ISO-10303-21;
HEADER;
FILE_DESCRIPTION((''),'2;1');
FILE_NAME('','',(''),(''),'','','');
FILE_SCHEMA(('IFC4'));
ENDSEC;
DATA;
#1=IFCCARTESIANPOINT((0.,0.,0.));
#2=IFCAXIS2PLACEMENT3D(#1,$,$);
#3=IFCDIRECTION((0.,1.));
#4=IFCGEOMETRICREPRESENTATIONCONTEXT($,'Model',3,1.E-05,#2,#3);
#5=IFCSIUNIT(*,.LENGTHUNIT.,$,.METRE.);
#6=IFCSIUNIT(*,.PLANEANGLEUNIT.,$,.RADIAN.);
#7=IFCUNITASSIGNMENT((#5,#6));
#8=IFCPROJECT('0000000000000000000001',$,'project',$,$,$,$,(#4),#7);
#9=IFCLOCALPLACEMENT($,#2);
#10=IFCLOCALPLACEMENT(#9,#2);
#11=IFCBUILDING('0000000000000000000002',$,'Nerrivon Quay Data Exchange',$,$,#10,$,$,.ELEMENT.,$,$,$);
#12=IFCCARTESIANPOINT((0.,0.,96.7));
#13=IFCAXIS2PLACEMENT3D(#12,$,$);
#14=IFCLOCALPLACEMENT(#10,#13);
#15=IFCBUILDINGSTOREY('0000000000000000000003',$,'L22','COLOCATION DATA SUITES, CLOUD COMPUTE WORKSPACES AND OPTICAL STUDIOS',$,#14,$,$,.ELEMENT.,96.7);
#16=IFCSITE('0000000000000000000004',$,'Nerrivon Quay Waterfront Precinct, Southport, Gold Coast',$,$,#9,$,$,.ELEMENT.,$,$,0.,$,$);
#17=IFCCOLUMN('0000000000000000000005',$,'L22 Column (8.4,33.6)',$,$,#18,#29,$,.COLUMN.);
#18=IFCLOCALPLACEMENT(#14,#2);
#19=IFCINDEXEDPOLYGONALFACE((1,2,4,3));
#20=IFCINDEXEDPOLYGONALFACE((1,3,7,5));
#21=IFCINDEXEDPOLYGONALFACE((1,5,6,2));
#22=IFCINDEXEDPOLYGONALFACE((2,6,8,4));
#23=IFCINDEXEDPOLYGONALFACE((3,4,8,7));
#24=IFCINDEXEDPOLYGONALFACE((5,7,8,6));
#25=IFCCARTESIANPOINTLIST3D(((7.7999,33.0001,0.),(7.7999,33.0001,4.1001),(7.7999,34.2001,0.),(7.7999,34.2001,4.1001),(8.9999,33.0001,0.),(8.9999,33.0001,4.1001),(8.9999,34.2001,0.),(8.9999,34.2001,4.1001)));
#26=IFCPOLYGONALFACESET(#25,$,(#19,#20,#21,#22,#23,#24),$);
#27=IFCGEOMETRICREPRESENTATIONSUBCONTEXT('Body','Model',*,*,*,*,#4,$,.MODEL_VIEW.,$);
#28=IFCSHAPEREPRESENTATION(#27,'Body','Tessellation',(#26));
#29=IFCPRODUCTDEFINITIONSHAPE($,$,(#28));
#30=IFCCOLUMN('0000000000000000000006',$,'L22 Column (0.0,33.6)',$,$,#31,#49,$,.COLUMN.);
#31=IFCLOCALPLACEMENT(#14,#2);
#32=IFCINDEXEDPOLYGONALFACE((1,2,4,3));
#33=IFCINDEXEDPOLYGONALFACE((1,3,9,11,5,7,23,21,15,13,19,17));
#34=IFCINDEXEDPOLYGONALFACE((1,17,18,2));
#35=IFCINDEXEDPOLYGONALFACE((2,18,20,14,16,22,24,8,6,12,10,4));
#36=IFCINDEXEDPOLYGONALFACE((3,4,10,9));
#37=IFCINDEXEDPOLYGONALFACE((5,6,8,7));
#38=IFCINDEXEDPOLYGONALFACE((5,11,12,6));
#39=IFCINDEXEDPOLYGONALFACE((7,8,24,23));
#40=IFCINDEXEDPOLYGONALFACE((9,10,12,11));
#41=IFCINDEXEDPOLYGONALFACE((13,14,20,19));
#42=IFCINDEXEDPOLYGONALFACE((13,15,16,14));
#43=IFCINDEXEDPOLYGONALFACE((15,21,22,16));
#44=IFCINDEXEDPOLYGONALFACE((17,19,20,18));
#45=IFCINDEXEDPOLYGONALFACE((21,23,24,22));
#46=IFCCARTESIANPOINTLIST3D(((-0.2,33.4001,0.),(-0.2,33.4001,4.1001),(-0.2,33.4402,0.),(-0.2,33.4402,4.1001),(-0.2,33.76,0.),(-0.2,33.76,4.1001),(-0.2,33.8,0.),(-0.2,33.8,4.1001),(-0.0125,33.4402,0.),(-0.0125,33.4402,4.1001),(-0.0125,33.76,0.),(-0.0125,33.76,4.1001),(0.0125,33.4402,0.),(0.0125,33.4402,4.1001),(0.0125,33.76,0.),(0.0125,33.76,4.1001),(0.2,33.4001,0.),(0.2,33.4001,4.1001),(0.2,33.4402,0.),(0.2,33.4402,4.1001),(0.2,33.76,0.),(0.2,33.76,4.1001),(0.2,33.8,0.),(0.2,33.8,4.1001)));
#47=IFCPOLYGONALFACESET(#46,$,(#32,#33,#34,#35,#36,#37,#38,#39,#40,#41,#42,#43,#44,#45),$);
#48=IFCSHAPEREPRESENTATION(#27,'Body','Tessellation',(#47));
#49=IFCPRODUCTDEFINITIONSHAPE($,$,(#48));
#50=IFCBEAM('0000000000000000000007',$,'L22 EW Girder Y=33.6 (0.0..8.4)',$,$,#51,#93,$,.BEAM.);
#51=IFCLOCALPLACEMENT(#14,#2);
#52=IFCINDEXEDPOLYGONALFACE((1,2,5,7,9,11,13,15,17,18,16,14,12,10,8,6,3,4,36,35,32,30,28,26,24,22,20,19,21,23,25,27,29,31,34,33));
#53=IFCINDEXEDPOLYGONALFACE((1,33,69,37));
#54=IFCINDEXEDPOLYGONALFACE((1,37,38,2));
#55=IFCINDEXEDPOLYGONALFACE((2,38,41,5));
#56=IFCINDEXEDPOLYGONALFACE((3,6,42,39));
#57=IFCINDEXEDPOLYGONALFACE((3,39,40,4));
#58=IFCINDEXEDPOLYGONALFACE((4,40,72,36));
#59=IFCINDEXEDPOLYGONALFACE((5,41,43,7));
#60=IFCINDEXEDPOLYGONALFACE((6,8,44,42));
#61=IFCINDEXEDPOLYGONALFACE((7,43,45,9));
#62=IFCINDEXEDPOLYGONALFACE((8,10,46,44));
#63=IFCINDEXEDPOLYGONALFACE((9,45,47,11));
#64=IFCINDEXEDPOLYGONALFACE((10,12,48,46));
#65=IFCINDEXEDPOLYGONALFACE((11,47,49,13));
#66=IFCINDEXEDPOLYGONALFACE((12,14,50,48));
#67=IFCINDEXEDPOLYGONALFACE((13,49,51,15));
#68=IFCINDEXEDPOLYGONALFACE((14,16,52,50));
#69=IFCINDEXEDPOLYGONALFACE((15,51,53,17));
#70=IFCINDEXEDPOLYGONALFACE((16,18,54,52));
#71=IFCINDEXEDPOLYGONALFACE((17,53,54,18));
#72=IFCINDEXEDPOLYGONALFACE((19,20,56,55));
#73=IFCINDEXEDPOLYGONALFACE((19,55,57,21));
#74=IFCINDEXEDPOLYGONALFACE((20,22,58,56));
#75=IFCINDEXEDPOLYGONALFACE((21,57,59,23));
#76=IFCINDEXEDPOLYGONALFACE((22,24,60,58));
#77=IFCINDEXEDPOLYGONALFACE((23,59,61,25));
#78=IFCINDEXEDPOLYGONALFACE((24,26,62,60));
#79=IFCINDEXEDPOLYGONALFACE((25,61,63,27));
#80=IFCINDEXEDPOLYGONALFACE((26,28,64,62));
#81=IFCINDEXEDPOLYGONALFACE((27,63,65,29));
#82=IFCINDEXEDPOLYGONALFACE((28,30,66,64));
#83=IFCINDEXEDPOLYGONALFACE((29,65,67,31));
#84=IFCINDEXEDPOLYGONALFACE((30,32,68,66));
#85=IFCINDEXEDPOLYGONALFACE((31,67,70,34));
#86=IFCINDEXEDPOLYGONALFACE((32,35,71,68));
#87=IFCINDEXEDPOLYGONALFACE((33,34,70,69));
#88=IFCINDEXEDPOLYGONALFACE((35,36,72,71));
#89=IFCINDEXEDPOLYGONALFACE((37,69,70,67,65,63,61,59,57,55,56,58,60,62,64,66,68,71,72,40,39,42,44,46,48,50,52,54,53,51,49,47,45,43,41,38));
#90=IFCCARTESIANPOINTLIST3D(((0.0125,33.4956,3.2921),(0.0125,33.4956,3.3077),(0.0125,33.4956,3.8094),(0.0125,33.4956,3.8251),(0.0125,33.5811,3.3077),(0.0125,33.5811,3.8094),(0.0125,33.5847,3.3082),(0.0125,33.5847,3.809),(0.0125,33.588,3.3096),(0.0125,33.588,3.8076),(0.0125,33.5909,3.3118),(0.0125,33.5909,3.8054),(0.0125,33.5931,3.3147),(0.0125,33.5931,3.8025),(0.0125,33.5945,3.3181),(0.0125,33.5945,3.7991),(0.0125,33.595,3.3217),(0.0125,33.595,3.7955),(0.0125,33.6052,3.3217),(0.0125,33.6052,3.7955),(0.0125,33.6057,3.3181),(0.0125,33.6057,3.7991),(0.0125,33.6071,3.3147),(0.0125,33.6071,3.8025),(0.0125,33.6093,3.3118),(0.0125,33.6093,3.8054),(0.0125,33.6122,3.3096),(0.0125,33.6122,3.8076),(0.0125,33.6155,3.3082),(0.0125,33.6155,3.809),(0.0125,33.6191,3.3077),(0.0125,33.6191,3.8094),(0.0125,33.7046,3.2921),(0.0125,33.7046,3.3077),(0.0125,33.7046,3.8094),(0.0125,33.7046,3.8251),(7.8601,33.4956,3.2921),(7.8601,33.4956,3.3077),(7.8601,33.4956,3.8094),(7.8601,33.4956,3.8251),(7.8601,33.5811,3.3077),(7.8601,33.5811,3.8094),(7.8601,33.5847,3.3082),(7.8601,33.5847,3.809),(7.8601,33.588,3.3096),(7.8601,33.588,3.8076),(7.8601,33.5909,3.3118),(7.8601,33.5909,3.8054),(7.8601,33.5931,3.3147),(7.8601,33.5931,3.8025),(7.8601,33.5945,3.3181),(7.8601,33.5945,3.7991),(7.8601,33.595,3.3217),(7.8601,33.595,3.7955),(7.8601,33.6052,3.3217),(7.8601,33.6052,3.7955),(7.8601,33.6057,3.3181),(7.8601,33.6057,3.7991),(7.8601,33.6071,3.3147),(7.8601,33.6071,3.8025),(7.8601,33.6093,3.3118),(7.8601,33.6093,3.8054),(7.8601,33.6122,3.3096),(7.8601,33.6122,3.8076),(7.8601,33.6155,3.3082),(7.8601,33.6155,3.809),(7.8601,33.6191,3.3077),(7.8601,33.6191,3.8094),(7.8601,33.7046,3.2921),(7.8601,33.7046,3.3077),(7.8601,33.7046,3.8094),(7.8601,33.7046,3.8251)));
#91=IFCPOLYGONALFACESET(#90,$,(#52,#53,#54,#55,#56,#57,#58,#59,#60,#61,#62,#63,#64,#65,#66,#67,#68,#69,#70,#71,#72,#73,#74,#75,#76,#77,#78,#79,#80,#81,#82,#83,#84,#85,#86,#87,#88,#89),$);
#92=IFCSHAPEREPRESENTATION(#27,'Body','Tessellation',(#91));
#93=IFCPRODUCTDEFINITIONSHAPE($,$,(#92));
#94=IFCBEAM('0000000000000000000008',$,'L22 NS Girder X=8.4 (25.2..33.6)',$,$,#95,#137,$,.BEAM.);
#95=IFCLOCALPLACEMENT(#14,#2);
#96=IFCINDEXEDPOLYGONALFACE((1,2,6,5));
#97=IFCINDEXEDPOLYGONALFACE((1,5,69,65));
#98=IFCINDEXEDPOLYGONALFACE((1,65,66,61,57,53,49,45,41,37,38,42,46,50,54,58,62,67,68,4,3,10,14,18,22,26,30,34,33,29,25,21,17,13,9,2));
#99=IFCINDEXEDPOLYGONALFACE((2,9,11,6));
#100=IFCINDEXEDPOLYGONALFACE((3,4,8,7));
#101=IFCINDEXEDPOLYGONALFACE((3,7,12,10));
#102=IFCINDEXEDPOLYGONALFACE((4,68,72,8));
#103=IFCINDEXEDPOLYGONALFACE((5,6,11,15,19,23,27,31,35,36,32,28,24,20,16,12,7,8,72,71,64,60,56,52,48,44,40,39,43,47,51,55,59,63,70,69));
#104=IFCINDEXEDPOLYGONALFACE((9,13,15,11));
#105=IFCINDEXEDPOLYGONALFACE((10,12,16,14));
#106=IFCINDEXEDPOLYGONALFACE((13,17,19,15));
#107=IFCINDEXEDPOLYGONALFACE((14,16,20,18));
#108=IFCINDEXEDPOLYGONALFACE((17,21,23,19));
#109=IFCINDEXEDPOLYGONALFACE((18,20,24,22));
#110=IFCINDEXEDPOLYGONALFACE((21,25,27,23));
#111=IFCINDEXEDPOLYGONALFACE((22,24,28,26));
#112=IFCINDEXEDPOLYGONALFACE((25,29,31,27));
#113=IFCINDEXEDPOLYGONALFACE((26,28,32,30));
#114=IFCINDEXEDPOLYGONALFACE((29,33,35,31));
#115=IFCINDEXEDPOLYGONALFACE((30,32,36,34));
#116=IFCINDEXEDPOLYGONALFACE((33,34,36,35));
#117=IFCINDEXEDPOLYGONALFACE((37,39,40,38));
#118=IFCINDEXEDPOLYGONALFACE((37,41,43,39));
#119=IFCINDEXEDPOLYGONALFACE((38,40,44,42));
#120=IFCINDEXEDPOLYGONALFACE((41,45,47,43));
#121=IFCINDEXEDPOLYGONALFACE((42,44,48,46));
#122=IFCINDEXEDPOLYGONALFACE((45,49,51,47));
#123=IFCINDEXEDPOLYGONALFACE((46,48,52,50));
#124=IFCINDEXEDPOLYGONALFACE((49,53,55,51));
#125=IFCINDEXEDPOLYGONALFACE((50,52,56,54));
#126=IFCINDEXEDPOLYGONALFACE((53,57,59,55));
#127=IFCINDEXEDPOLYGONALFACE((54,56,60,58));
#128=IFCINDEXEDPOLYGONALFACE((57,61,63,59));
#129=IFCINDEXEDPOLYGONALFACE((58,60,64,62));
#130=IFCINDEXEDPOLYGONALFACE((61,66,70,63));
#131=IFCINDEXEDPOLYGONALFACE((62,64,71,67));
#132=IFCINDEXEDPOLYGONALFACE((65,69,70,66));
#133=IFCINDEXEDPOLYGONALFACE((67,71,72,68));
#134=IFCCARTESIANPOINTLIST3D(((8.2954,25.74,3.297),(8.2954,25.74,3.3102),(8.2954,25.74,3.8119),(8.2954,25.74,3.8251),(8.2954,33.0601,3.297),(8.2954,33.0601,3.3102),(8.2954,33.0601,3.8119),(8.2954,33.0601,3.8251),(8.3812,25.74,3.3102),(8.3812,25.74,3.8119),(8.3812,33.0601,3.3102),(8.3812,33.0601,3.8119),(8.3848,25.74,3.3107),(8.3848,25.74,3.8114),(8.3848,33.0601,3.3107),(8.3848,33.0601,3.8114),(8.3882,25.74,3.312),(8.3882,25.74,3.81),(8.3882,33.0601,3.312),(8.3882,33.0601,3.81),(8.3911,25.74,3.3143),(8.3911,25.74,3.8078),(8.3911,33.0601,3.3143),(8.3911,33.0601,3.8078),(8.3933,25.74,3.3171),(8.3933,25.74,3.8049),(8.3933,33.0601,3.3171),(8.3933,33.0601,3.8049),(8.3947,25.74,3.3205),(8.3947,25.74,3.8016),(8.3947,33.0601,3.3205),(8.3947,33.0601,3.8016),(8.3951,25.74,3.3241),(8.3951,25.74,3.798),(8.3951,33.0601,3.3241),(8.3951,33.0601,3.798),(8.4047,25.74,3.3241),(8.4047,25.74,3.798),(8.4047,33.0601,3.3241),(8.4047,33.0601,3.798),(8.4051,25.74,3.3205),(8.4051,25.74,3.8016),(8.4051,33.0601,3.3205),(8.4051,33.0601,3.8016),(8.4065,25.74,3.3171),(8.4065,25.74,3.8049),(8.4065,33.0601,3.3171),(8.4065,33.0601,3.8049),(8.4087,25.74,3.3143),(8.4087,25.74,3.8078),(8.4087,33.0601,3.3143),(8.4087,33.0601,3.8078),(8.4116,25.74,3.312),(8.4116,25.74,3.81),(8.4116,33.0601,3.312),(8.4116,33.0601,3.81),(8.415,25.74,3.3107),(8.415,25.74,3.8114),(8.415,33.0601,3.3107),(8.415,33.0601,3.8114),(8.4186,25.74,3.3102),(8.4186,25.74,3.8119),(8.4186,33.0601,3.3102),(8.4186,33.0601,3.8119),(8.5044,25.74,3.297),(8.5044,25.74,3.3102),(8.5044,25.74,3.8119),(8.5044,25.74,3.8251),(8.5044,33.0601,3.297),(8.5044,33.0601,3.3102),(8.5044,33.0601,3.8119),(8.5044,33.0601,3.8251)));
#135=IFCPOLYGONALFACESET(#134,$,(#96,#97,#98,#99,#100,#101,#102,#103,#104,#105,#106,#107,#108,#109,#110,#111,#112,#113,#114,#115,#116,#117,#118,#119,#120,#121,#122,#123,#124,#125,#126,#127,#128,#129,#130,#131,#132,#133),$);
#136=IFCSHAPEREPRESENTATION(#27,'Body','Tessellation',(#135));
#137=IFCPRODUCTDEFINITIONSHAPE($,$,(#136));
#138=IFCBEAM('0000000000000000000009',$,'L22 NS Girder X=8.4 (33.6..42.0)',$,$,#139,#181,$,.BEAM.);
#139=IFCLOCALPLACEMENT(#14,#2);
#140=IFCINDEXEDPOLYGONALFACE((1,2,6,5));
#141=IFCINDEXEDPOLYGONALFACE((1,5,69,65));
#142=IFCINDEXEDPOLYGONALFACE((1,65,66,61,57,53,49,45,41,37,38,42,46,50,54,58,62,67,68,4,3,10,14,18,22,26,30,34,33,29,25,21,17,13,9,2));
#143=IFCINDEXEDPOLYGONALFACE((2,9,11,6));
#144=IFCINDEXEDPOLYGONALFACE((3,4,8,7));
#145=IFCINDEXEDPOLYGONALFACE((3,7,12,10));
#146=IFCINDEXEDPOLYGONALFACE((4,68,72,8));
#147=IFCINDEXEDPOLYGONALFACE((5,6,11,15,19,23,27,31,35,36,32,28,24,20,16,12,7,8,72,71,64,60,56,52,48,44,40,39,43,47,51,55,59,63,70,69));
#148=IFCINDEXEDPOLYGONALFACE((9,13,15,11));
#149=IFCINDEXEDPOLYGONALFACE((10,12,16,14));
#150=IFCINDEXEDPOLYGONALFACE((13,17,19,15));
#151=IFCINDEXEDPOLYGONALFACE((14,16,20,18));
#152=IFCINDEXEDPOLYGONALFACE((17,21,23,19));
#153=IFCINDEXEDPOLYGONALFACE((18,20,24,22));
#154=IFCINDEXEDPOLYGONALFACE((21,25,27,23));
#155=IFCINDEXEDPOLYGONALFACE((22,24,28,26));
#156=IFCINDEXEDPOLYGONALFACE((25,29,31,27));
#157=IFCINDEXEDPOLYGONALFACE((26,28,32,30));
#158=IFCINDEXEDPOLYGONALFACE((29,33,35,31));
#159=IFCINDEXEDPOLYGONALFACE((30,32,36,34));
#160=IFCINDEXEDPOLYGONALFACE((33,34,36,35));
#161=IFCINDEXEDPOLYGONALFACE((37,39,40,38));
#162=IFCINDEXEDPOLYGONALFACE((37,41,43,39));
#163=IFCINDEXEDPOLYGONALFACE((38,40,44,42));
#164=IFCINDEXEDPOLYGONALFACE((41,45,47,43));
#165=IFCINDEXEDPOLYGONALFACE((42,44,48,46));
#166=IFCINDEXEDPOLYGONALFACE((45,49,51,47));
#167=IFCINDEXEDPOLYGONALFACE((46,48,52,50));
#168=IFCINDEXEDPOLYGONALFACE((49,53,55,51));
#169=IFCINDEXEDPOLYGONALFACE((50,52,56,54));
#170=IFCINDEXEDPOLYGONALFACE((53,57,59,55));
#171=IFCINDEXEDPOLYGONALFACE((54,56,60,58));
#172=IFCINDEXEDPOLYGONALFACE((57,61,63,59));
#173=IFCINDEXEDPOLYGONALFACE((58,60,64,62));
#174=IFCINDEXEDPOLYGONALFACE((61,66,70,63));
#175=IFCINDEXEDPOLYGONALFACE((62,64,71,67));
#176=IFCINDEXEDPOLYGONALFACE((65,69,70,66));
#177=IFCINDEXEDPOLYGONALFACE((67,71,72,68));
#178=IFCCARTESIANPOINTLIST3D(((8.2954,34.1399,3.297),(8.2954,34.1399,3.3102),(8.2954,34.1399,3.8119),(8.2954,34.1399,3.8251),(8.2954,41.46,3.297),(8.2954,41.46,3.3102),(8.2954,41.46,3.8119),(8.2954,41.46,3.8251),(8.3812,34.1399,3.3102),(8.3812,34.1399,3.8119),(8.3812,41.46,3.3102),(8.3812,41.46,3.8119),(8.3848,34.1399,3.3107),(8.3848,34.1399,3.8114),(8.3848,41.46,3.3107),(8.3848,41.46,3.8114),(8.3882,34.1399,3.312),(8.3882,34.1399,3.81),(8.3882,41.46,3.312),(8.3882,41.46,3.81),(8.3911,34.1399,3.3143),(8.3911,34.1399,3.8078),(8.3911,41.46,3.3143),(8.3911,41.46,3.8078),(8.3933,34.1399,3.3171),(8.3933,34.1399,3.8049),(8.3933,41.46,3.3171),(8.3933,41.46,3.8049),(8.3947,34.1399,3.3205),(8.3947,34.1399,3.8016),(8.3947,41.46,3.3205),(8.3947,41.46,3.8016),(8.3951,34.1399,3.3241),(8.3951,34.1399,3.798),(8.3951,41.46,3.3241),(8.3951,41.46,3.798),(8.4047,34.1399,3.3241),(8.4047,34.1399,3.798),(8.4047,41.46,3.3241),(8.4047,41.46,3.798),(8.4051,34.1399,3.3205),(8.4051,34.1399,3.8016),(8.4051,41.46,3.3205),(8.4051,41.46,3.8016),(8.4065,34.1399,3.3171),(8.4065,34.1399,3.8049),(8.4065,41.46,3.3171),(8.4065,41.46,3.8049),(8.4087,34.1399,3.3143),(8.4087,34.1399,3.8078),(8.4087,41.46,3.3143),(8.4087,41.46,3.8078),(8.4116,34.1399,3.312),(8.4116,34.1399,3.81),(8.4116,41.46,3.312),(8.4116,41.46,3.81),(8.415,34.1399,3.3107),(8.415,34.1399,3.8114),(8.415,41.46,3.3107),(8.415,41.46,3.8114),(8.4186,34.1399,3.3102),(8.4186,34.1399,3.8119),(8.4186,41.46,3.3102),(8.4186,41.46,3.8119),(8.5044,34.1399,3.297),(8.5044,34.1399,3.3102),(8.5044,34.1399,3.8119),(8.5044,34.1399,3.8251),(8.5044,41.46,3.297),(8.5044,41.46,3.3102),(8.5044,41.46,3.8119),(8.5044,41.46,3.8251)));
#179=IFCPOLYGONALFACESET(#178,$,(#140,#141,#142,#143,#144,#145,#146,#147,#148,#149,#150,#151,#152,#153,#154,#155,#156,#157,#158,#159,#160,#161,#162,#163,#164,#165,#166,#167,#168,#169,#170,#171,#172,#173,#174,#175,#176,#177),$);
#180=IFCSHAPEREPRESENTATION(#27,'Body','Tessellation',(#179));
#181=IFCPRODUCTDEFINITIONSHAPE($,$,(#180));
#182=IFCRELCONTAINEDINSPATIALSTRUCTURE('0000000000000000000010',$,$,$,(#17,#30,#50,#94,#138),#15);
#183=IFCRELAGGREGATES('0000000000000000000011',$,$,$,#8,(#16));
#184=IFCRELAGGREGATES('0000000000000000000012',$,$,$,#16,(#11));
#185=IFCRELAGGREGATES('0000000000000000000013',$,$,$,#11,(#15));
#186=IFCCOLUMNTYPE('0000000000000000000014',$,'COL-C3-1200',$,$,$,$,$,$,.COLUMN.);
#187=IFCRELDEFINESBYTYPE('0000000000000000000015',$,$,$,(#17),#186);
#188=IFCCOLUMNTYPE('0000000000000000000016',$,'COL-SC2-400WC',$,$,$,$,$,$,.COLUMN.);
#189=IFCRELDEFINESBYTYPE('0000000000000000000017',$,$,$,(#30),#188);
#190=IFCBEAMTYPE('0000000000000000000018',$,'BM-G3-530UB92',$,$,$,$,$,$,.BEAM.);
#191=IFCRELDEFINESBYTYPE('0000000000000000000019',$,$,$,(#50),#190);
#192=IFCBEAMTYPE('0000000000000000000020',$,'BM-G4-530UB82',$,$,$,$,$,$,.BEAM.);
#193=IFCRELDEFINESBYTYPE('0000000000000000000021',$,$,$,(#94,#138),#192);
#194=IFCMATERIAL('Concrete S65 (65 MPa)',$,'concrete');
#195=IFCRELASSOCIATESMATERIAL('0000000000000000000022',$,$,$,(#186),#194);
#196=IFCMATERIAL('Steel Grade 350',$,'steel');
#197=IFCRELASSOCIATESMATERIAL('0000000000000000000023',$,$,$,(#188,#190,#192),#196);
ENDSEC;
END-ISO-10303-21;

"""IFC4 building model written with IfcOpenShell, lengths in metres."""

from ifc_helpers import new_model, si_unit, direction, frame, origin, origin_2d, place, context, subcontext, project, spatial, rectangle, i_section, extrude, material, material_profile, profile_set, type_object, element, save


model = new_model("IFC4")

# Units and contexts
model_context = context("Model", 3, precision=1e-05, world=origin(), true_north=direction((0.0, 1.0)))
body_context = subcontext(model_context, "Body", "Model", "MODEL_VIEW")
ifc_project = project(units=[si_unit("LENGTHUNIT", "METRE"), si_unit("PLANEANGLEUNIT", "RADIAN")], contexts=[model_context])

# Site, building, storey
site_placement = place(None, origin())
site = spatial("IfcSite", under=ifc_project, at=site_placement, Name="Nerrivon Quay Waterfront Precinct, Southport, Gold Coast", CompositionType="ELEMENT", RefElevation=0.0)
building_placement = place(site_placement, origin())
building = spatial("IfcBuilding", under=site, at=building_placement, Name="Nerrivon Quay Data Exchange", CompositionType="ELEMENT")
storey_placement = place(building_placement, frame((0.0, 0.0, 96.7)))
storey = spatial("IfcBuildingStorey", under=building, at=storey_placement, Name="L22", Description="COLOCATION DATA SUITES, CLOUD COMPUTE WORKSPACES AND OPTICAL STUDIOS", CompositionType="ELEMENT", Elevation=96.7)

# Columns
ifc_material_1 = material(Name="Concrete S65 (65 MPa)", Category="concrete")
ifc_material_profile_1 = material_profile(ifc_material_1, rectangle(XDim=1.2, YDim=1.2, at=origin_2d()), Name="RC-COL-1200x1200")
ifc_profile_set_1 = profile_set([ifc_material_profile_1], Name="Concrete S65 (65 MPa)")
column_type_1 = type_object("IfcColumnType", Name="COL-C3-1200", PredefinedType="COLUMN", material=ifc_profile_set_1)
column_1_placement = place(storey_placement, frame((8.3999, 33.6001, 0.0), z_axis=(0.0, 0.0, 1.0), x_axis=(1.0, 0.0, 0.0)))
element("IfcColumn", 1, at=column_1_placement, inside=storey, type_object=column_type_1, Name="L22 Column (8.4,33.6)", PredefinedType="COLUMN", context=body_context, shape_type="SweptSolid", body=[
    extrude(rectangle(XDim=1.2, YDim=1.2, at=origin_2d()), origin(), (0.0, 0.0, 1.0), 4.1001),
])
ifc_material_2 = material(Name="Steel Grade 350", Category="steel")
ifc_material_profile_2 = material_profile(ifc_material_2, i_section(OverallWidth=0.3999, OverallDepth=0.3999, WebThickness=0.0249, FlangeThickness=0.04, at=origin_2d()), Name="400WC328")
ifc_profile_set_2 = profile_set([ifc_material_profile_2], Name="Steel Grade 350")
column_type_2 = type_object("IfcColumnType", Name="COL-SC2-400WC", PredefinedType="COLUMN", material=ifc_profile_set_2)
column_2_placement = place(storey_placement, frame((0.0, 33.6001, 0.0), z_axis=(0.0, 0.0, 1.0), x_axis=(1.0, 0.0, 0.0)))
element("IfcColumn", 2, at=column_2_placement, inside=storey, type_object=column_type_2, Name="L22 Column (0.0,33.6)", PredefinedType="COLUMN", context=body_context, shape_type="SweptSolid", body=[
    extrude(i_section(OverallWidth=0.3999, OverallDepth=0.3999, WebThickness=0.0249, FlangeThickness=0.04, at=origin_2d()), origin(), (0.0, 0.0, 1.0), 4.1001),
])

# Beams
ifc_material_profile_3 = material_profile(ifc_material_2, i_section(OverallWidth=0.209, OverallDepth=0.533, WebThickness=0.0103, FlangeThickness=0.0156, FilletRadius=0.0139, at=origin_2d()), Name="530UB92.4")
ifc_profile_set_3 = profile_set([ifc_material_profile_3], Name="Steel Grade 350")
beam_type_1 = type_object("IfcBeamType", Name="BM-G3-530UB92", PredefinedType="BEAM", material=ifc_profile_set_3)
beam_1_placement = place(storey_placement, frame((0.0125, 33.6001, 3.5586), z_axis=(1.0, 0.0, 0.0), x_axis=(0.0, 1.0, 0.0)))
element("IfcBeam", 3, at=beam_1_placement, inside=storey, type_object=beam_type_1, Name="L22 EW Girder Y=33.6 (0.0..8.4)", PredefinedType="BEAM", context=body_context, shape_type="SweptSolid", body=[
    extrude(i_section(OverallWidth=0.209, OverallDepth=0.533, WebThickness=0.0103, FlangeThickness=0.0156, FilletRadius=0.0139, at=origin_2d()), origin(), (0.0, 0.0, 1.0), 7.8477),
])
ifc_material_profile_4 = material_profile(ifc_material_2, i_section(OverallWidth=0.209, OverallDepth=0.5281, WebThickness=0.0095, FlangeThickness=0.0132, FilletRadius=0.0139, at=origin_2d()), Name="530UB82.0")
ifc_profile_set_4 = profile_set([ifc_material_profile_4], Name="Steel Grade 350")
beam_type_2 = type_object("IfcBeamType", Name="BM-G4-530UB82", PredefinedType="BEAM", material=ifc_profile_set_4)
for number, where, z_axis, x_axis, name in (
    (4, (8.3999, 25.74, 3.561), (0.0, 1.0, 0.0), (-1.0, 0.0, 0.0), "L22 NS Girder X=8.4 (25.2..33.6)"),
    (5, (8.3999, 34.1399, 3.561), (0.0, 1.0, 0.0), (-1.0, 0.0, 0.0), "L22 NS Girder X=8.4 (33.6..42.0)"),
):
    element("IfcBeam", number, at=place(storey_placement, frame(where, z_axis=z_axis, x_axis=x_axis)), inside=storey, type_object=beam_type_2, Name=name, PredefinedType="BEAM", context=body_context, shape_type="SweptSolid", body=[
        extrude(i_section(OverallWidth=0.209, OverallDepth=0.5281, WebThickness=0.0095, FlangeThickness=0.0132, FilletRadius=0.0139, at=origin_2d()), origin(), (0.0, 0.0, 1.0), 7.3201),
    ])

save(model, "model.ifc")
